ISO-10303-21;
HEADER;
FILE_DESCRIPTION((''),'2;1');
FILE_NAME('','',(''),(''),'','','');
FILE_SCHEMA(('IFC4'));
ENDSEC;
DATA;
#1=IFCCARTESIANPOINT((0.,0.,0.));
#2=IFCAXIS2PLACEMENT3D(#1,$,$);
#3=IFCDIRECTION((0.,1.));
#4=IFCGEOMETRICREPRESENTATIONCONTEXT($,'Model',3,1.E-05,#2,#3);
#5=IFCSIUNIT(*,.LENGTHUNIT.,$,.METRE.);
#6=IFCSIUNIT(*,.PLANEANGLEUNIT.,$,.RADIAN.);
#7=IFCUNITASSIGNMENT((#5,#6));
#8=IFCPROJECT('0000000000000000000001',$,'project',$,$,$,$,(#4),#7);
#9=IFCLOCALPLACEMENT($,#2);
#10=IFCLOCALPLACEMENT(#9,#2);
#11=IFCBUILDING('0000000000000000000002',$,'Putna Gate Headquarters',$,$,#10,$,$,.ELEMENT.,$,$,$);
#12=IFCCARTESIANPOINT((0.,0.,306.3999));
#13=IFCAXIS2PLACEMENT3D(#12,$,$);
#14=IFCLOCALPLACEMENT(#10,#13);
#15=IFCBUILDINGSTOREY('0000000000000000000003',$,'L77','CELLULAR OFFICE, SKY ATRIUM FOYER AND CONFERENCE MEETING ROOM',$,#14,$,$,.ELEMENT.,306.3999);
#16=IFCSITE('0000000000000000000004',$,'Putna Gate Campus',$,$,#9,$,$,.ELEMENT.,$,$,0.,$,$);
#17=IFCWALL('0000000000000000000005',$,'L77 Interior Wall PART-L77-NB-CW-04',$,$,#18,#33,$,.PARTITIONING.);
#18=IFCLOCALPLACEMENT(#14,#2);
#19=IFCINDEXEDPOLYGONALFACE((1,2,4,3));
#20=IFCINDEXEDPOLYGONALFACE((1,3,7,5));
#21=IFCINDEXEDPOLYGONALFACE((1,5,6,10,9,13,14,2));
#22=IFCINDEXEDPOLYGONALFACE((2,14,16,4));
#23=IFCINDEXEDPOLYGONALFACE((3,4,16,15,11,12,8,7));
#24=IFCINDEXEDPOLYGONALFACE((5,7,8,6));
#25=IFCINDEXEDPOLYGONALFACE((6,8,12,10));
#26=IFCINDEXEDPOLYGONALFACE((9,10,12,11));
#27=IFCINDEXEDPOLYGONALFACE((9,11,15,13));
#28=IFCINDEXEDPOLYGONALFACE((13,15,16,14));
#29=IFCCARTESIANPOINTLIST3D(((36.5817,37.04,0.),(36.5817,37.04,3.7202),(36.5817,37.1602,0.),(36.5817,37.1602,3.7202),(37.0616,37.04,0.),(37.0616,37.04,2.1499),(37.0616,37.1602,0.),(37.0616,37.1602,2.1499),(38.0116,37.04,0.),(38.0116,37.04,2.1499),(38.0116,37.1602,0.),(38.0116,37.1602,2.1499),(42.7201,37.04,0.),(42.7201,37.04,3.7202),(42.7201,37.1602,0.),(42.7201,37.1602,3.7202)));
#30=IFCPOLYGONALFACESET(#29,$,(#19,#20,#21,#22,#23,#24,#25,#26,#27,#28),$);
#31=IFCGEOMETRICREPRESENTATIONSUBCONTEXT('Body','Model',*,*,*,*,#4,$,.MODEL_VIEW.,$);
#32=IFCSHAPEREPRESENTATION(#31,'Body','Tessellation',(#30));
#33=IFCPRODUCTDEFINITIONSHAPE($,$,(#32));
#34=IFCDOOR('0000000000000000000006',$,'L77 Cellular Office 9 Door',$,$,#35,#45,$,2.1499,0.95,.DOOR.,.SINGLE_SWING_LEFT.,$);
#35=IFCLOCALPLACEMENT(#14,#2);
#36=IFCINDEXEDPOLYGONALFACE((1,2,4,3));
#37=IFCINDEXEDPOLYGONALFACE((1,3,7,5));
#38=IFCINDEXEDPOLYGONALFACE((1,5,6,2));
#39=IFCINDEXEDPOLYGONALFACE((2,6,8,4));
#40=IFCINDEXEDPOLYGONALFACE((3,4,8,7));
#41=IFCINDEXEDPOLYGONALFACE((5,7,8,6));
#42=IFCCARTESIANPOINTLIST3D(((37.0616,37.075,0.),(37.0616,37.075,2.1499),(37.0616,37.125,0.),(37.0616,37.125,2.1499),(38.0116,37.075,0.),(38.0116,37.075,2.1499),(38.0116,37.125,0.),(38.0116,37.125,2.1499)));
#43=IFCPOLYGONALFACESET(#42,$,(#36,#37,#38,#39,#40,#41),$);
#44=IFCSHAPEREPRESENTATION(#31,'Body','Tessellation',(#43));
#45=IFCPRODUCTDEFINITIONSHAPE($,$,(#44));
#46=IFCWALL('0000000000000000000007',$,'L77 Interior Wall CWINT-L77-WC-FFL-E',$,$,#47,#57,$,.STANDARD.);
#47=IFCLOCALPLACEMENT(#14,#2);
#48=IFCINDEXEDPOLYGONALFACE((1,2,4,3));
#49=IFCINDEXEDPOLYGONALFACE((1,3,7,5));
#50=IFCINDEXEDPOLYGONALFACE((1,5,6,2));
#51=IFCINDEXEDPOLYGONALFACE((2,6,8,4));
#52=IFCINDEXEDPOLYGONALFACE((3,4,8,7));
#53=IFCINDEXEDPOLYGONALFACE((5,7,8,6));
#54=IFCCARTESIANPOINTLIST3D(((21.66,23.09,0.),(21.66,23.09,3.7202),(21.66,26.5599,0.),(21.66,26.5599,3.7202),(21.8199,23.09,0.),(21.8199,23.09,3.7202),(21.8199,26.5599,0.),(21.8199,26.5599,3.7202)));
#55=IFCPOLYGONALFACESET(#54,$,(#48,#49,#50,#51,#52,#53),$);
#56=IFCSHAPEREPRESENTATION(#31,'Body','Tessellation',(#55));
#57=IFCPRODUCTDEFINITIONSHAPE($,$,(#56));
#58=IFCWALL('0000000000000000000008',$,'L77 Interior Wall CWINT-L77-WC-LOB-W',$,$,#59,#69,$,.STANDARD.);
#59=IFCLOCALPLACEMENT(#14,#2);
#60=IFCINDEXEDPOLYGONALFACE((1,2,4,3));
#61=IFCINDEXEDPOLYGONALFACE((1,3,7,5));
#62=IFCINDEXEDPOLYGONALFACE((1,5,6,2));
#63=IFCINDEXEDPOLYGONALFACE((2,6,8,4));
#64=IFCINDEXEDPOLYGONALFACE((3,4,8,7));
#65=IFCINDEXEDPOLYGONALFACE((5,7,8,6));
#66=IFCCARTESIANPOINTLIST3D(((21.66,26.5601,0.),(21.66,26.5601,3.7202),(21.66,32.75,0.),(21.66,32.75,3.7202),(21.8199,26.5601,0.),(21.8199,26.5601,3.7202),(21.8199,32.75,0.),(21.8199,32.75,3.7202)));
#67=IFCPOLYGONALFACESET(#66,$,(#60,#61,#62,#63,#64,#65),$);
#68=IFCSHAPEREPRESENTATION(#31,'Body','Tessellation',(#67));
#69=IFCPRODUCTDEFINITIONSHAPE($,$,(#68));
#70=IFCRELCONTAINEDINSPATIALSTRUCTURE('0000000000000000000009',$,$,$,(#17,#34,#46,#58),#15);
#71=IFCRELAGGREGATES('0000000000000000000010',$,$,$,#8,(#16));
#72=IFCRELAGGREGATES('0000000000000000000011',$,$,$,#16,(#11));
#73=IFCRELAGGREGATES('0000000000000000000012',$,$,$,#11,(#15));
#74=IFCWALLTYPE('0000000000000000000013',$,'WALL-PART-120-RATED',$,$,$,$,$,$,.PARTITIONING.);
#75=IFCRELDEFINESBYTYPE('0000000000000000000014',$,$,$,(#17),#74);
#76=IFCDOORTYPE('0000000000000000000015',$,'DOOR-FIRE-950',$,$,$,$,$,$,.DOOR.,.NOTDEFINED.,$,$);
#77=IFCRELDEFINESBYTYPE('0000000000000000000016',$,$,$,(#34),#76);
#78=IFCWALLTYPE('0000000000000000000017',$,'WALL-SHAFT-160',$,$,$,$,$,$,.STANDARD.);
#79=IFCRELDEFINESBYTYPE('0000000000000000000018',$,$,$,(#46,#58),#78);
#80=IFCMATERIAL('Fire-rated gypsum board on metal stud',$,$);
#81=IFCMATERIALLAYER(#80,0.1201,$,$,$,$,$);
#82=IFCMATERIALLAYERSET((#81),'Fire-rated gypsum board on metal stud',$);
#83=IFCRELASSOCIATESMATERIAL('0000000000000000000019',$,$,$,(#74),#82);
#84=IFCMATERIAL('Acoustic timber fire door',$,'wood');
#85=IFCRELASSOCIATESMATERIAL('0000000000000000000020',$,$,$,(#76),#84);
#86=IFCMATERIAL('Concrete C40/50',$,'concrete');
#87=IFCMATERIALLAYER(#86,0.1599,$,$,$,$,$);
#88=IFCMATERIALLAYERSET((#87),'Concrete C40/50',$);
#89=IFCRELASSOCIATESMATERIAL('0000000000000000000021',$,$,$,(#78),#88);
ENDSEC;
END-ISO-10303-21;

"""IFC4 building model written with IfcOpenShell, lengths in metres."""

from ifc_helpers import new_model, si_unit, direction, frame, frame_2d, origin, place, context, subcontext, project, spatial, rectangle, extrude, material, layer, layer_set, type_object, element, fill, save


model = new_model("IFC4")

# Units and contexts
model_context = context("Model", 3, precision=1e-05, world=origin(), true_north=direction((0.0, 1.0)))
body_context = subcontext(model_context, "Body", "Model", "MODEL_VIEW")
ifc_project = project(units=[si_unit("LENGTHUNIT", "METRE"), si_unit("PLANEANGLEUNIT", "RADIAN")], contexts=[model_context])

# Site, building, storey
site_placement = place(None, origin())
site = spatial("IfcSite", under=ifc_project, at=site_placement, Name="Putna Gate Campus", CompositionType="ELEMENT", RefElevation=0.0)
building_placement = place(site_placement, origin())
building = spatial("IfcBuilding", under=site, at=building_placement, Name="Putna Gate Headquarters", CompositionType="ELEMENT")
storey_placement = place(building_placement, frame((0.0, 0.0, 306.3999)))
storey = spatial("IfcBuildingStorey", under=building, at=storey_placement, Name="L77", Description="CELLULAR OFFICE, SKY ATRIUM FOYER AND CONFERENCE MEETING ROOM", CompositionType="ELEMENT", Elevation=306.3999)

# Shared definitions
ifc_material_1 = material(Name="Fire-rated gypsum board on metal stud")
ifc_layer_1 = layer(ifc_material_1, 0.1201)
ifc_layer_set_1 = layer_set([ifc_layer_1], Name="Fire-rated gypsum board on metal stud")
wall_type_1 = type_object("IfcWallType", Name="WALL-PART-120-RATED", PredefinedType="PARTITIONING", material=ifc_layer_set_1)

# Wall, opening, door
ifc_material_2 = material(Name="Acoustic timber fire door", Category="wood")
door_type = type_object("IfcDoorType", Name="DOOR-FIRE-950", OperationType="NOTDEFINED", PredefinedType="DOOR", material=ifc_material_2)
wall_1_placement = place(storey_placement, frame((36.5815, 37.1001, 0.0), z_axis=(0.0, 0.0, 1.0), x_axis=(1.0, 0.0, 0.0)))
wall_1 = element("IfcWall", 1, at=wall_1_placement, inside=storey, type_object=wall_type_1, Name="L77 Interior Wall PART-L77-NB-CW-04", PredefinedType="PARTITIONING", context=body_context, shape_type="SweptSolid", body=[
    extrude(rectangle(XDim=6.1384, YDim=0.1201, at=frame_2d((3.0693, 0.0))), origin(), (0.0, 0.0, 1.0), 3.7202),
])
opening_1_placement = place(wall_1_placement, frame((0.48, 0.0, 0.0)))
opening_1 = element("IfcOpeningElement", 2, at=opening_1_placement, cuts=wall_1, PredefinedType="OPENING", context=body_context, shape_type="SweptSolid", body=[
    extrude(rectangle(XDim=0.95, YDim=2.1499, at=frame_2d((0.4751, 1.075))), frame((0.0, 0.0701, 0.0), z_axis=(0.0, -1.0, 0.0), x_axis=(1.0, 0.0, 0.0)), (0.0, 0.0, 1.0), 0.1401),
])
door_1_placement = place(opening_1_placement, origin())
door_1 = element("IfcDoor", 3, at=door_1_placement, inside=storey, type_object=door_type, Name="L77 Cellular Office 9 Door", OperationType="SINGLE_SWING_LEFT", OverallHeight=2.1499, OverallWidth=0.95, PredefinedType="DOOR", context=body_context, shape_type="SweptSolid", body=[
    extrude(rectangle(XDim=0.95, YDim=2.1499, at=frame_2d((0.4751, 1.075))), frame((0.0, 0.0249, 0.0), z_axis=(0.0, -1.0, 0.0), x_axis=(1.0, 0.0, 0.0)), (0.0, 0.0, 1.0), 0.05),
])
fill(opening_1, door_1)

# Walls
ifc_material_3 = material(Name="Concrete C40/50", Category="concrete")
ifc_layer_2 = layer(ifc_material_3, 0.1599)
ifc_layer_set_2 = layer_set([ifc_layer_2], Name="Concrete C40/50")
wall_type_2 = type_object("IfcWallType", Name="WALL-SHAFT-160", PredefinedType="STANDARD", material=ifc_layer_set_2)
wall_2_placement = place(storey_placement, frame((21.74, 23.0901, 0.0), z_axis=(0.0, 0.0, 1.0), x_axis=(0.0, 1.0, 0.0)))
element("IfcWall", 4, at=wall_2_placement, inside=storey, type_object=wall_type_2, Name="L77 Interior Wall CWINT-L77-WC-FFL-E", PredefinedType="STANDARD", context=body_context, shape_type="SweptSolid", body=[
    extrude(rectangle(XDim=3.47, YDim=0.1599, at=frame_2d((1.7349, 0.0))), origin(), (0.0, 0.0, 1.0), 3.7202),
])
wall_3_placement = place(storey_placement, frame((21.74, 26.5601, 0.0), z_axis=(0.0, 0.0, 1.0), x_axis=(0.0, 1.0, 0.0)))
element("IfcWall", 5, at=wall_3_placement, inside=storey, type_object=wall_type_2, Name="L77 Interior Wall CWINT-L77-WC-LOB-W", PredefinedType="STANDARD", context=body_context, shape_type="SweptSolid", body=[
    extrude(rectangle(XDim=6.1899, YDim=0.1599, at=frame_2d((3.095, 0.0))), origin(), (0.0, 0.0, 1.0), 3.7202),
])

save(model, "model.ifc")
